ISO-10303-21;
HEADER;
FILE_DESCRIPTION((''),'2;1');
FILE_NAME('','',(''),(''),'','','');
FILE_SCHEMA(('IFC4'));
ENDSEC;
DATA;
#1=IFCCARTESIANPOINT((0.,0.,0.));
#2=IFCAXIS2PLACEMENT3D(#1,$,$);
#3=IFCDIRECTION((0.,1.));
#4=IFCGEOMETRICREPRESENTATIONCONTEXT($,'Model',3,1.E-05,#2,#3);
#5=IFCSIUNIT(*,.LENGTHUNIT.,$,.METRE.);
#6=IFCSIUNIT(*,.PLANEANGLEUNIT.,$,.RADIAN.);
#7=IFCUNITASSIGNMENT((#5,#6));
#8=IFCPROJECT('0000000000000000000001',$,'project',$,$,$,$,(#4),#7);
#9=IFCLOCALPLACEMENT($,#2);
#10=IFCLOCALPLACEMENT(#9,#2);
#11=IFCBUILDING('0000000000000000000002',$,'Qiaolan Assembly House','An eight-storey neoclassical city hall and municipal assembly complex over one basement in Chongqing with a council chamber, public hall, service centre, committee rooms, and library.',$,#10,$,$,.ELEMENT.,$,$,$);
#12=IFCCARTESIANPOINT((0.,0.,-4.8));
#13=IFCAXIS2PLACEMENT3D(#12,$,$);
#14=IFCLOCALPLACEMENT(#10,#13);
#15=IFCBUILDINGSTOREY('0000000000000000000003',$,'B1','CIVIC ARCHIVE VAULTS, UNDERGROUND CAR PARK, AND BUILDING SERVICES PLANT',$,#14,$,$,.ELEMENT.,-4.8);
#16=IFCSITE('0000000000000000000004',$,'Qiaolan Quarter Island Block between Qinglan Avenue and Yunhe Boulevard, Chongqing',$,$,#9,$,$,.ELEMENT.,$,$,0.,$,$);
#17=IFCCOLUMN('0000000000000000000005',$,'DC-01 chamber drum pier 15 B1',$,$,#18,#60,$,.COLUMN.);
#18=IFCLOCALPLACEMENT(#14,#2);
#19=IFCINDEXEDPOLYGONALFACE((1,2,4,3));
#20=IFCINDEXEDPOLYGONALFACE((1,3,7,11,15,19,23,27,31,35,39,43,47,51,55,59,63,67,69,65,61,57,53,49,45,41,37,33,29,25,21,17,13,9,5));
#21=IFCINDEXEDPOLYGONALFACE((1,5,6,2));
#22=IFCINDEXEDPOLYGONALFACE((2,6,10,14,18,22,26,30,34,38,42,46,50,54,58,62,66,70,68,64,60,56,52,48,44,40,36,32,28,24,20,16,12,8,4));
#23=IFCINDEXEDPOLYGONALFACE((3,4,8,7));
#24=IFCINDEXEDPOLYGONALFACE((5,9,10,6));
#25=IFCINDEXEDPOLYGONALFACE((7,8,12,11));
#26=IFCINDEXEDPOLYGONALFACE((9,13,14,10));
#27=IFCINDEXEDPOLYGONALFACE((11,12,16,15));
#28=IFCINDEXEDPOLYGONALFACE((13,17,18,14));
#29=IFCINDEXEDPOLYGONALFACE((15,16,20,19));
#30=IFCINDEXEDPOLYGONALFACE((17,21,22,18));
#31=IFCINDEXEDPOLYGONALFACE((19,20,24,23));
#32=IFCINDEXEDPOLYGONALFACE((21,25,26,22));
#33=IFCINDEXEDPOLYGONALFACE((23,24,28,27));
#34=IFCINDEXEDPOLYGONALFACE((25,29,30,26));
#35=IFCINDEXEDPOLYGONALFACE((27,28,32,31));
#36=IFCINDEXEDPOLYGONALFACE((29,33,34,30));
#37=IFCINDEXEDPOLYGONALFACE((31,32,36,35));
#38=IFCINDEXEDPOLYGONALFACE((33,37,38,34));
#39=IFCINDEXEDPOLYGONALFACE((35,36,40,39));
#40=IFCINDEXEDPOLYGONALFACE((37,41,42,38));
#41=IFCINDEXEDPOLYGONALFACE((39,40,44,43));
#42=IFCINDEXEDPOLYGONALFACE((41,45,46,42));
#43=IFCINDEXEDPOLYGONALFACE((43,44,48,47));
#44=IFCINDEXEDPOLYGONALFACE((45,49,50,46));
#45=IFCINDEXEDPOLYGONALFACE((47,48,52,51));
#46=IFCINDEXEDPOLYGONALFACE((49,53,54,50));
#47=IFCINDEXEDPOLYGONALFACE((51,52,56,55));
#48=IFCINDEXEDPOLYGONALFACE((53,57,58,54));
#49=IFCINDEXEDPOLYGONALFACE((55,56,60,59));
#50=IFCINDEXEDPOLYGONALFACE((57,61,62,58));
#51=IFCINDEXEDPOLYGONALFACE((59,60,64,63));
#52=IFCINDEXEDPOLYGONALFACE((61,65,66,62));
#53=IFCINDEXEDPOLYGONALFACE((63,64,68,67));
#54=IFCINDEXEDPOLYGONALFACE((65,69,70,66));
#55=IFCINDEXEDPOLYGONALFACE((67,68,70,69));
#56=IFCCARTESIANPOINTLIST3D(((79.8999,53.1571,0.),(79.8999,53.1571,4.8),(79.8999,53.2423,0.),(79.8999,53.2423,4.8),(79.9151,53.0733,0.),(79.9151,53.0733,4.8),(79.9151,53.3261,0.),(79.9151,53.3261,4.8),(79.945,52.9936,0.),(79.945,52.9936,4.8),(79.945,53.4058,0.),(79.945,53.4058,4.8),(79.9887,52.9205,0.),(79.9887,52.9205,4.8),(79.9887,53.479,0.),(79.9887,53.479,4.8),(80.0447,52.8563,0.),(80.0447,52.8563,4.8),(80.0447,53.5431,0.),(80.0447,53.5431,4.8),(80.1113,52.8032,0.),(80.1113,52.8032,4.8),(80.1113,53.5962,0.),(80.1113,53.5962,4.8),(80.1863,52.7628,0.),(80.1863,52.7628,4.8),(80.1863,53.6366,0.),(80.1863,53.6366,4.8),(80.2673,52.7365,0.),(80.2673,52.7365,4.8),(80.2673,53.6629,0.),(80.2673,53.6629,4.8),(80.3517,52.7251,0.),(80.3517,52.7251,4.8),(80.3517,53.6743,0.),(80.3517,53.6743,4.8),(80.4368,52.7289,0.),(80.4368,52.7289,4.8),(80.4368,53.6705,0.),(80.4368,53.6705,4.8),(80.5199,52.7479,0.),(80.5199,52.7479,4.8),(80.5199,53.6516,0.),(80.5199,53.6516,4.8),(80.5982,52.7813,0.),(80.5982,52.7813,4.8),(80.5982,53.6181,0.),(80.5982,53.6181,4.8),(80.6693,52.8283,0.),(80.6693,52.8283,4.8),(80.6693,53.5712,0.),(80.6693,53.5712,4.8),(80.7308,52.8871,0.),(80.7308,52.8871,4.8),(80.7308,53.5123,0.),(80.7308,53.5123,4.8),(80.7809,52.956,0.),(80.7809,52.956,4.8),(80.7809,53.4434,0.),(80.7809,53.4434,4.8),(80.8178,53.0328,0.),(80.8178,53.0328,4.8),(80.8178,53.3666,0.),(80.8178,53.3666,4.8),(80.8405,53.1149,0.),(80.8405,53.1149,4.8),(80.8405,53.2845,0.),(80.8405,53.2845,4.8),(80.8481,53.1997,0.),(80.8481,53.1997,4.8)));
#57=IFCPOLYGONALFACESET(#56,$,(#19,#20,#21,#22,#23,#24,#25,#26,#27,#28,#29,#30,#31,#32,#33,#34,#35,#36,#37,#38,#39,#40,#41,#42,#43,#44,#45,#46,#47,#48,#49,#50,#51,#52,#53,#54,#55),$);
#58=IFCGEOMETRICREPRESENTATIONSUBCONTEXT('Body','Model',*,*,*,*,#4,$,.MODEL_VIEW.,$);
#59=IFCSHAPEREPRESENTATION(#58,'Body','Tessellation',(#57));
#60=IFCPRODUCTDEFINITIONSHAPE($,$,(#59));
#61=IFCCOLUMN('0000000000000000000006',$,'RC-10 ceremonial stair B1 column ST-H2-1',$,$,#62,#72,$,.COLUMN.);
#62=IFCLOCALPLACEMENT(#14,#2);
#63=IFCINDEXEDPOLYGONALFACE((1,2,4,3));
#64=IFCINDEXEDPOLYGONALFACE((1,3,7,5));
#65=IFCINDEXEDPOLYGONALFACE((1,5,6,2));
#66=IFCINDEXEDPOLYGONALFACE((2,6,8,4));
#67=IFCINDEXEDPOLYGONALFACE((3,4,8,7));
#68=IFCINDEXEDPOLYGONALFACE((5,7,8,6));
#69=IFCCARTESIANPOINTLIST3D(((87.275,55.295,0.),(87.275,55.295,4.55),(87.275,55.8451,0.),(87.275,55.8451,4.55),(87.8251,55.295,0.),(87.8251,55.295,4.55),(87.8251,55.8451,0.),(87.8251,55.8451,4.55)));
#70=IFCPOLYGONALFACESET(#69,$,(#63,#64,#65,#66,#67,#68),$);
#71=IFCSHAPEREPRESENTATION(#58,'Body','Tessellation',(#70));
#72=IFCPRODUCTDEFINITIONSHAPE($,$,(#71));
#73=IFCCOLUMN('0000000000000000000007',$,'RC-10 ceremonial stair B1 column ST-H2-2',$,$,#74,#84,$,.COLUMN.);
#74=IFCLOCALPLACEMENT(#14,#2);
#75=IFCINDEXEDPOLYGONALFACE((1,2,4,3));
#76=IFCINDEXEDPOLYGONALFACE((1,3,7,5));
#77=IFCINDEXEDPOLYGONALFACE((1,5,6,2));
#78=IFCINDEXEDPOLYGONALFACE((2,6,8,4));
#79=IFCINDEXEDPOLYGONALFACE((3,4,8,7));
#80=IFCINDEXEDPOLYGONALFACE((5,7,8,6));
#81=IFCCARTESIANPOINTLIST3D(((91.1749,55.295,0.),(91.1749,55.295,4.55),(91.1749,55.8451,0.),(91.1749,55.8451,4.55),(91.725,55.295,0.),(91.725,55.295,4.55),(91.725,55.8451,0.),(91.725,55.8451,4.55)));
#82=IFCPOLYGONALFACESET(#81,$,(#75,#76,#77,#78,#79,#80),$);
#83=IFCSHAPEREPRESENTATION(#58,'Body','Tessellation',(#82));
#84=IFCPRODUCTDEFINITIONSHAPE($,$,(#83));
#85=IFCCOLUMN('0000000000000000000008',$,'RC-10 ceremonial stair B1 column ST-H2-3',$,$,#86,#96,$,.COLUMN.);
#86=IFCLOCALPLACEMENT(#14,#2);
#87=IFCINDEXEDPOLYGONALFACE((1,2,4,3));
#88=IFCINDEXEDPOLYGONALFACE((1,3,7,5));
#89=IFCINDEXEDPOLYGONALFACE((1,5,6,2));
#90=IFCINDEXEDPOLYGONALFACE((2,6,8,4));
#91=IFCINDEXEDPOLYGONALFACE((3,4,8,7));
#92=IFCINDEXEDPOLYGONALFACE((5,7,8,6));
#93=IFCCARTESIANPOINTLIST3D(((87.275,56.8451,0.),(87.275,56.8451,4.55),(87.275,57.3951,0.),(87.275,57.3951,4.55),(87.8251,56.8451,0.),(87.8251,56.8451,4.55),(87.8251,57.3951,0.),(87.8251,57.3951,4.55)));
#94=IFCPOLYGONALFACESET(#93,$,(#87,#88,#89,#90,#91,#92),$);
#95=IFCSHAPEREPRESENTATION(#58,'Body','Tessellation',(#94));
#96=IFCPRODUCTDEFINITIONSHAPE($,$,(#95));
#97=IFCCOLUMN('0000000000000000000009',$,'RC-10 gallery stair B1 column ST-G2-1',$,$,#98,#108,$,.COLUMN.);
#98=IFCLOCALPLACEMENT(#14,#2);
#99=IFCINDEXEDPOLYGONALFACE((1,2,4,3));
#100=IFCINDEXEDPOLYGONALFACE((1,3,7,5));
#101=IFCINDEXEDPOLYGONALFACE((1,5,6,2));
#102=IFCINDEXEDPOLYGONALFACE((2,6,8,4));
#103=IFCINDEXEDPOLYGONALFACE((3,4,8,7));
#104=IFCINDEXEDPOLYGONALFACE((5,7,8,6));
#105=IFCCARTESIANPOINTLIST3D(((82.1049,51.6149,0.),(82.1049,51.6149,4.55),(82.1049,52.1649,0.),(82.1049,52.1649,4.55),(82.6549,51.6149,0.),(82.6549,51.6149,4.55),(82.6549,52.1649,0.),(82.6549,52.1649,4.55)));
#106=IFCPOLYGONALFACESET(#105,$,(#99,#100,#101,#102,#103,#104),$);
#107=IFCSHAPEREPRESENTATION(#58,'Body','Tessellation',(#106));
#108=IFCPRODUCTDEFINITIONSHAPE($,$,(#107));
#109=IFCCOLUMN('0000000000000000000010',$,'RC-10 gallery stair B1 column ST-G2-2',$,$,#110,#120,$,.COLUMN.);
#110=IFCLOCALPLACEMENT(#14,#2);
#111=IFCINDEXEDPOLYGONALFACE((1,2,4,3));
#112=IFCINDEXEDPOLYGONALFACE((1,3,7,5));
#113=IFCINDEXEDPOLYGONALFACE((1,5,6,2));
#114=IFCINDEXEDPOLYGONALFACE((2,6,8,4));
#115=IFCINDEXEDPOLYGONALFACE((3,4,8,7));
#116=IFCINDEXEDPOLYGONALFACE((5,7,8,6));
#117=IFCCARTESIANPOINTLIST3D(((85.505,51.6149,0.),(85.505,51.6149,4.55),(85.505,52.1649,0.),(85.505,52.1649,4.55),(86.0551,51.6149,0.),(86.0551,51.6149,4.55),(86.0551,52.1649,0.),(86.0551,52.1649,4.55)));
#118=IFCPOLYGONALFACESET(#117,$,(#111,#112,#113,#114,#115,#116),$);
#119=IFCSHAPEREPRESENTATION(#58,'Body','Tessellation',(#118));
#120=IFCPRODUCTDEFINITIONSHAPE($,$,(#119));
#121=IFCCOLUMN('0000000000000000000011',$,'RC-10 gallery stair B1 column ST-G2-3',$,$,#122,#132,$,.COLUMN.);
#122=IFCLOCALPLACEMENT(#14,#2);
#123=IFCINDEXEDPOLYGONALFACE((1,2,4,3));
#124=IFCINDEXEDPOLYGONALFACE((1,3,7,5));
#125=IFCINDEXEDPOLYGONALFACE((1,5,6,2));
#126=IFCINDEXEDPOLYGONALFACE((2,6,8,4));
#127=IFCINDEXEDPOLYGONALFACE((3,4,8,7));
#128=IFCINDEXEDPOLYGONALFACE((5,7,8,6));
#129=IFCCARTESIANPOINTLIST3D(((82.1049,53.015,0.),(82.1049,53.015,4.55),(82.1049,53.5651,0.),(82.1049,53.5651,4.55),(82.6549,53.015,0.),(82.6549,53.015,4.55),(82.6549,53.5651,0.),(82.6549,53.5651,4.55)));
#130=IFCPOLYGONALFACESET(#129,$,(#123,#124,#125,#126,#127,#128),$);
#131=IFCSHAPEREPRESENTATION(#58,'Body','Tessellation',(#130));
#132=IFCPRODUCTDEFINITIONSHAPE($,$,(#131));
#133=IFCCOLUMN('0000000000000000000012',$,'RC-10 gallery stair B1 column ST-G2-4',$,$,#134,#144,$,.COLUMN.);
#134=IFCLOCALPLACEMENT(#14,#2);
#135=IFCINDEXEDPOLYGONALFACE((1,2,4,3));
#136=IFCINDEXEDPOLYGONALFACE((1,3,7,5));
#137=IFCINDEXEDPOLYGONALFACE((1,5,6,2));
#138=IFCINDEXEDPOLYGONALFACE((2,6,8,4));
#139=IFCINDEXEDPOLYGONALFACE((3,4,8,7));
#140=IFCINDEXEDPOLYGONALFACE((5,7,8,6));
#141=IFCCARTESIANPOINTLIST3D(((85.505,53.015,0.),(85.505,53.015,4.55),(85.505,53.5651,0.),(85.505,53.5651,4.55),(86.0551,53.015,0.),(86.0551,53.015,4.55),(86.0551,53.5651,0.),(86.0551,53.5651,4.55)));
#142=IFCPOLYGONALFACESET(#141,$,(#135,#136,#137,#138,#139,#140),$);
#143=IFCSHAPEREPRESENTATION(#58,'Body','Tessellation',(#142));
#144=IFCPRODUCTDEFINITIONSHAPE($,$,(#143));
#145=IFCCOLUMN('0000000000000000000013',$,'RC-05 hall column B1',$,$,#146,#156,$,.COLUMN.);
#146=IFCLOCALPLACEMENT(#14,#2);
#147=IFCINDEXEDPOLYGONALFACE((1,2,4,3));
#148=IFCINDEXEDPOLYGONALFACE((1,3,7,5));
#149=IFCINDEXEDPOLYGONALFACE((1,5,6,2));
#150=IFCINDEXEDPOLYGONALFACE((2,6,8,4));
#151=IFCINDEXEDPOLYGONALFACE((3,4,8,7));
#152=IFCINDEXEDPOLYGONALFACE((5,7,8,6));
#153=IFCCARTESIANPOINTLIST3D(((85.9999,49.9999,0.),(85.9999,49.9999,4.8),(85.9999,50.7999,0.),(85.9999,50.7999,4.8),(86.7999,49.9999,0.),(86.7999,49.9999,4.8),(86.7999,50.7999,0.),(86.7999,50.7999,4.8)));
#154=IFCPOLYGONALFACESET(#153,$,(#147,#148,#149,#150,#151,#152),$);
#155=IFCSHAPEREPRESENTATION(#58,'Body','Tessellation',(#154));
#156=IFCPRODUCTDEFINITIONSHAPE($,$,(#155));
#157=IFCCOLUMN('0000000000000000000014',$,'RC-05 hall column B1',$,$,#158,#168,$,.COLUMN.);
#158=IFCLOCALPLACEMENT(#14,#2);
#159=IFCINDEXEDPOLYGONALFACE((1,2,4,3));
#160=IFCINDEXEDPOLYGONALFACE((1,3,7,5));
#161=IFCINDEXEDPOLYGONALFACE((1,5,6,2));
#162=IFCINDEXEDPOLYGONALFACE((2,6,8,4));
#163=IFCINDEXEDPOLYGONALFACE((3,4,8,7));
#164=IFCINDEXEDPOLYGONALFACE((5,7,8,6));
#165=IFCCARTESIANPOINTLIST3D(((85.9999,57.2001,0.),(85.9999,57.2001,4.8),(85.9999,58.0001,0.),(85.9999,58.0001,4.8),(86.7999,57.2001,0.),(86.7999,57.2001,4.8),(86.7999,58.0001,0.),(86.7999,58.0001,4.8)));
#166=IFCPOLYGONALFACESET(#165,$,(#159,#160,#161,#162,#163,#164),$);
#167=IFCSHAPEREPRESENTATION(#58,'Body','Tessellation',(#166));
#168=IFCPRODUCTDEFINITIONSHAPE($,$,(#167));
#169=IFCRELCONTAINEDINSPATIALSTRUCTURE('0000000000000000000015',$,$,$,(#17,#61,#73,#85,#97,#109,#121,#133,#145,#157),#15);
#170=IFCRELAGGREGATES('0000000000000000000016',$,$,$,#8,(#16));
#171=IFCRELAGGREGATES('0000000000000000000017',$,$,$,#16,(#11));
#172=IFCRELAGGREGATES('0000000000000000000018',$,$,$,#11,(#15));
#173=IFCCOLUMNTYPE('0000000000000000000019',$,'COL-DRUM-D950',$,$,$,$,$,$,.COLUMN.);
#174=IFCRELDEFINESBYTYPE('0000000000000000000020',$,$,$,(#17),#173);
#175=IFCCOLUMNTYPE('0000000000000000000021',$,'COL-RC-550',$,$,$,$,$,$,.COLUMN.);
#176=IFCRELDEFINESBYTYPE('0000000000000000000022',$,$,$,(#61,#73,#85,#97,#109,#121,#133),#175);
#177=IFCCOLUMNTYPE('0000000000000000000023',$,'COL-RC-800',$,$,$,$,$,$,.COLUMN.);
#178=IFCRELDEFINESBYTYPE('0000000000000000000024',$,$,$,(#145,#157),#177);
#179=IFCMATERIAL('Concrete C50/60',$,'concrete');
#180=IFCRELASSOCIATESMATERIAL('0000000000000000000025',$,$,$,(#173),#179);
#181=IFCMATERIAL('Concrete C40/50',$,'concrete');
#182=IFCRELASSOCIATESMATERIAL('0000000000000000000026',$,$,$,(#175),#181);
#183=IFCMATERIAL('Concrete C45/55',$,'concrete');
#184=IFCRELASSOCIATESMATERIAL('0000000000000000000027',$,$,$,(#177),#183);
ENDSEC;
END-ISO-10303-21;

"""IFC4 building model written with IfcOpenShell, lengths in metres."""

from ifc_helpers import new_model, si_unit, direction, frame, origin, origin_2d, place, context, subcontext, project, spatial, rectangle, circle, extrude, material, material_profile, profile_set, type_object, element, save


model = new_model("IFC4")

# Units and contexts
model_context = context("Model", 3, precision=1e-05, world=origin(), true_north=direction((0.0, 1.0)))
body_context = subcontext(model_context, "Body", "Model", "MODEL_VIEW")
ifc_project = project(units=[si_unit("LENGTHUNIT", "METRE"), si_unit("PLANEANGLEUNIT", "RADIAN")], contexts=[model_context])

# Site, building, storey
site_placement = place(None, origin())
site = spatial("IfcSite", under=ifc_project, at=site_placement, Name="Qiaolan Quarter Island Block between Qinglan Avenue and Yunhe Boulevard, Chongqing", CompositionType="ELEMENT", RefElevation=0.0)
building_placement = place(site_placement, origin())
building = spatial("IfcBuilding", under=site, at=building_placement, Name="Qiaolan Assembly House", Description="An eight-storey neoclassical city hall and municipal assembly complex over one basement in Chongqing with a council chamber, public hall, service centre, committee rooms, and library.", CompositionType="ELEMENT")
storey_placement = place(building_placement, frame((0.0, 0.0, -4.8)))
storey = spatial("IfcBuildingStorey", under=building, at=storey_placement, Name="B1", Description="CIVIC ARCHIVE VAULTS, UNDERGROUND CAR PARK, AND BUILDING SERVICES PLANT", CompositionType="ELEMENT", Elevation=-4.8)

# Shared definitions
ifc_material_1 = material(Name="Concrete C40/50", Category="concrete")

# Shared definitions
ifc_material_2 = material(Name="Concrete C45/55", Category="concrete")

# Columns
ifc_material_3 = material(Name="Concrete C50/60", Category="concrete")
ifc_material_profile_1 = material_profile(ifc_material_3, circle(Radius=0.4751, at=origin_2d()), Name="CIRC D950")
ifc_profile_set_1 = profile_set([ifc_material_profile_1], Name="Concrete C50/60")
column_type_1 = type_object("IfcColumnType", Name="COL-DRUM-D950", PredefinedType="COLUMN", material=ifc_profile_set_1)
column_placement = place(storey_placement, frame((80.373, 53.1997, 0.0), z_axis=(0.0, 0.0, 1.0), x_axis=(1.0, 0.0, 0.0)))
element("IfcColumn", 1, at=column_placement, inside=storey, type_object=column_type_1, Name="DC-01 chamber drum pier 15 B1", PredefinedType="COLUMN", context=body_context, shape_type="SweptSolid", body=[
    extrude(circle(Radius=0.4751, at=origin_2d()), origin(), (0.0, 0.0, 1.0), 4.8),
])
ifc_material_profile_2 = material_profile(ifc_material_1, rectangle(XDim=0.55, YDim=0.55, at=origin_2d()), Name="RC 550x550")
ifc_profile_set_2 = profile_set([ifc_material_profile_2], Name="Concrete C40/50")
column_type_2 = type_object("IfcColumnType", Name="COL-RC-550", PredefinedType="COLUMN", material=ifc_profile_set_2)
for number, where, z_axis, x_axis, name in (
    (2, (87.55, 55.5701, 0.0), (0.0, 0.0, 1.0), (1.0, 0.0, 0.0), "RC-10 ceremonial stair B1 column ST-H2-1"),
    (3, (91.45, 55.5701, 0.0), (0.0, 0.0, 1.0), (1.0, 0.0, 0.0), "RC-10 ceremonial stair B1 column ST-H2-2"),
    (4, (87.55, 57.1201, 0.0), (0.0, 0.0, 1.0), (1.0, 0.0, 0.0), "RC-10 ceremonial stair B1 column ST-H2-3"),
    (5, (82.3799, 51.8899, 0.0), (0.0, 0.0, 1.0), (1.0, 0.0, 0.0), "RC-10 gallery stair B1 column ST-G2-1"),
    (6, (85.78, 51.8899, 0.0), (0.0, 0.0, 1.0), (1.0, 0.0, 0.0), "RC-10 gallery stair B1 column ST-G2-2"),
    (7, (82.3799, 53.29, 0.0), (0.0, 0.0, 1.0), (1.0, 0.0, 0.0), "RC-10 gallery stair B1 column ST-G2-3"),
    (8, (85.78, 53.29, 0.0), (0.0, 0.0, 1.0), (1.0, 0.0, 0.0), "RC-10 gallery stair B1 column ST-G2-4"),
):
    element("IfcColumn", number, at=place(storey_placement, frame(where, z_axis=z_axis, x_axis=x_axis)), inside=storey, type_object=column_type_2, Name=name, PredefinedType="COLUMN", context=body_context, shape_type="SweptSolid", body=[
        extrude(rectangle(XDim=0.55, YDim=0.55, at=origin_2d()), origin(), (0.0, 0.0, 1.0), 4.55),
    ])
ifc_material_profile_3 = material_profile(ifc_material_2, rectangle(XDim=0.8, YDim=0.8, at=origin_2d()), Name="RC 800x800")
ifc_profile_set_3 = profile_set([ifc_material_profile_3], Name="Concrete C45/55")
column_type_3 = type_object("IfcColumnType", Name="COL-RC-800", PredefinedType="COLUMN", material=ifc_profile_set_3)
for number, where, z_axis, x_axis, name in (
    (9, (86.3999, 50.3999, 0.0), (0.0, 0.0, 1.0), (1.0, 0.0, 0.0), "RC-05 hall column B1"),
    (10, (86.3999, 57.6001, 0.0), (0.0, 0.0, 1.0), (1.0, 0.0, 0.0), "RC-05 hall column B1"),
):
    element("IfcColumn", number, at=place(storey_placement, frame(where, z_axis=z_axis, x_axis=x_axis)), inside=storey, type_object=column_type_3, Name=name, PredefinedType="COLUMN", context=body_context, shape_type="SweptSolid", body=[
        extrude(rectangle(XDim=0.8, YDim=0.8, at=origin_2d()), origin(), (0.0, 0.0, 1.0), 4.8),
    ])

save(model, "model.ifc")
